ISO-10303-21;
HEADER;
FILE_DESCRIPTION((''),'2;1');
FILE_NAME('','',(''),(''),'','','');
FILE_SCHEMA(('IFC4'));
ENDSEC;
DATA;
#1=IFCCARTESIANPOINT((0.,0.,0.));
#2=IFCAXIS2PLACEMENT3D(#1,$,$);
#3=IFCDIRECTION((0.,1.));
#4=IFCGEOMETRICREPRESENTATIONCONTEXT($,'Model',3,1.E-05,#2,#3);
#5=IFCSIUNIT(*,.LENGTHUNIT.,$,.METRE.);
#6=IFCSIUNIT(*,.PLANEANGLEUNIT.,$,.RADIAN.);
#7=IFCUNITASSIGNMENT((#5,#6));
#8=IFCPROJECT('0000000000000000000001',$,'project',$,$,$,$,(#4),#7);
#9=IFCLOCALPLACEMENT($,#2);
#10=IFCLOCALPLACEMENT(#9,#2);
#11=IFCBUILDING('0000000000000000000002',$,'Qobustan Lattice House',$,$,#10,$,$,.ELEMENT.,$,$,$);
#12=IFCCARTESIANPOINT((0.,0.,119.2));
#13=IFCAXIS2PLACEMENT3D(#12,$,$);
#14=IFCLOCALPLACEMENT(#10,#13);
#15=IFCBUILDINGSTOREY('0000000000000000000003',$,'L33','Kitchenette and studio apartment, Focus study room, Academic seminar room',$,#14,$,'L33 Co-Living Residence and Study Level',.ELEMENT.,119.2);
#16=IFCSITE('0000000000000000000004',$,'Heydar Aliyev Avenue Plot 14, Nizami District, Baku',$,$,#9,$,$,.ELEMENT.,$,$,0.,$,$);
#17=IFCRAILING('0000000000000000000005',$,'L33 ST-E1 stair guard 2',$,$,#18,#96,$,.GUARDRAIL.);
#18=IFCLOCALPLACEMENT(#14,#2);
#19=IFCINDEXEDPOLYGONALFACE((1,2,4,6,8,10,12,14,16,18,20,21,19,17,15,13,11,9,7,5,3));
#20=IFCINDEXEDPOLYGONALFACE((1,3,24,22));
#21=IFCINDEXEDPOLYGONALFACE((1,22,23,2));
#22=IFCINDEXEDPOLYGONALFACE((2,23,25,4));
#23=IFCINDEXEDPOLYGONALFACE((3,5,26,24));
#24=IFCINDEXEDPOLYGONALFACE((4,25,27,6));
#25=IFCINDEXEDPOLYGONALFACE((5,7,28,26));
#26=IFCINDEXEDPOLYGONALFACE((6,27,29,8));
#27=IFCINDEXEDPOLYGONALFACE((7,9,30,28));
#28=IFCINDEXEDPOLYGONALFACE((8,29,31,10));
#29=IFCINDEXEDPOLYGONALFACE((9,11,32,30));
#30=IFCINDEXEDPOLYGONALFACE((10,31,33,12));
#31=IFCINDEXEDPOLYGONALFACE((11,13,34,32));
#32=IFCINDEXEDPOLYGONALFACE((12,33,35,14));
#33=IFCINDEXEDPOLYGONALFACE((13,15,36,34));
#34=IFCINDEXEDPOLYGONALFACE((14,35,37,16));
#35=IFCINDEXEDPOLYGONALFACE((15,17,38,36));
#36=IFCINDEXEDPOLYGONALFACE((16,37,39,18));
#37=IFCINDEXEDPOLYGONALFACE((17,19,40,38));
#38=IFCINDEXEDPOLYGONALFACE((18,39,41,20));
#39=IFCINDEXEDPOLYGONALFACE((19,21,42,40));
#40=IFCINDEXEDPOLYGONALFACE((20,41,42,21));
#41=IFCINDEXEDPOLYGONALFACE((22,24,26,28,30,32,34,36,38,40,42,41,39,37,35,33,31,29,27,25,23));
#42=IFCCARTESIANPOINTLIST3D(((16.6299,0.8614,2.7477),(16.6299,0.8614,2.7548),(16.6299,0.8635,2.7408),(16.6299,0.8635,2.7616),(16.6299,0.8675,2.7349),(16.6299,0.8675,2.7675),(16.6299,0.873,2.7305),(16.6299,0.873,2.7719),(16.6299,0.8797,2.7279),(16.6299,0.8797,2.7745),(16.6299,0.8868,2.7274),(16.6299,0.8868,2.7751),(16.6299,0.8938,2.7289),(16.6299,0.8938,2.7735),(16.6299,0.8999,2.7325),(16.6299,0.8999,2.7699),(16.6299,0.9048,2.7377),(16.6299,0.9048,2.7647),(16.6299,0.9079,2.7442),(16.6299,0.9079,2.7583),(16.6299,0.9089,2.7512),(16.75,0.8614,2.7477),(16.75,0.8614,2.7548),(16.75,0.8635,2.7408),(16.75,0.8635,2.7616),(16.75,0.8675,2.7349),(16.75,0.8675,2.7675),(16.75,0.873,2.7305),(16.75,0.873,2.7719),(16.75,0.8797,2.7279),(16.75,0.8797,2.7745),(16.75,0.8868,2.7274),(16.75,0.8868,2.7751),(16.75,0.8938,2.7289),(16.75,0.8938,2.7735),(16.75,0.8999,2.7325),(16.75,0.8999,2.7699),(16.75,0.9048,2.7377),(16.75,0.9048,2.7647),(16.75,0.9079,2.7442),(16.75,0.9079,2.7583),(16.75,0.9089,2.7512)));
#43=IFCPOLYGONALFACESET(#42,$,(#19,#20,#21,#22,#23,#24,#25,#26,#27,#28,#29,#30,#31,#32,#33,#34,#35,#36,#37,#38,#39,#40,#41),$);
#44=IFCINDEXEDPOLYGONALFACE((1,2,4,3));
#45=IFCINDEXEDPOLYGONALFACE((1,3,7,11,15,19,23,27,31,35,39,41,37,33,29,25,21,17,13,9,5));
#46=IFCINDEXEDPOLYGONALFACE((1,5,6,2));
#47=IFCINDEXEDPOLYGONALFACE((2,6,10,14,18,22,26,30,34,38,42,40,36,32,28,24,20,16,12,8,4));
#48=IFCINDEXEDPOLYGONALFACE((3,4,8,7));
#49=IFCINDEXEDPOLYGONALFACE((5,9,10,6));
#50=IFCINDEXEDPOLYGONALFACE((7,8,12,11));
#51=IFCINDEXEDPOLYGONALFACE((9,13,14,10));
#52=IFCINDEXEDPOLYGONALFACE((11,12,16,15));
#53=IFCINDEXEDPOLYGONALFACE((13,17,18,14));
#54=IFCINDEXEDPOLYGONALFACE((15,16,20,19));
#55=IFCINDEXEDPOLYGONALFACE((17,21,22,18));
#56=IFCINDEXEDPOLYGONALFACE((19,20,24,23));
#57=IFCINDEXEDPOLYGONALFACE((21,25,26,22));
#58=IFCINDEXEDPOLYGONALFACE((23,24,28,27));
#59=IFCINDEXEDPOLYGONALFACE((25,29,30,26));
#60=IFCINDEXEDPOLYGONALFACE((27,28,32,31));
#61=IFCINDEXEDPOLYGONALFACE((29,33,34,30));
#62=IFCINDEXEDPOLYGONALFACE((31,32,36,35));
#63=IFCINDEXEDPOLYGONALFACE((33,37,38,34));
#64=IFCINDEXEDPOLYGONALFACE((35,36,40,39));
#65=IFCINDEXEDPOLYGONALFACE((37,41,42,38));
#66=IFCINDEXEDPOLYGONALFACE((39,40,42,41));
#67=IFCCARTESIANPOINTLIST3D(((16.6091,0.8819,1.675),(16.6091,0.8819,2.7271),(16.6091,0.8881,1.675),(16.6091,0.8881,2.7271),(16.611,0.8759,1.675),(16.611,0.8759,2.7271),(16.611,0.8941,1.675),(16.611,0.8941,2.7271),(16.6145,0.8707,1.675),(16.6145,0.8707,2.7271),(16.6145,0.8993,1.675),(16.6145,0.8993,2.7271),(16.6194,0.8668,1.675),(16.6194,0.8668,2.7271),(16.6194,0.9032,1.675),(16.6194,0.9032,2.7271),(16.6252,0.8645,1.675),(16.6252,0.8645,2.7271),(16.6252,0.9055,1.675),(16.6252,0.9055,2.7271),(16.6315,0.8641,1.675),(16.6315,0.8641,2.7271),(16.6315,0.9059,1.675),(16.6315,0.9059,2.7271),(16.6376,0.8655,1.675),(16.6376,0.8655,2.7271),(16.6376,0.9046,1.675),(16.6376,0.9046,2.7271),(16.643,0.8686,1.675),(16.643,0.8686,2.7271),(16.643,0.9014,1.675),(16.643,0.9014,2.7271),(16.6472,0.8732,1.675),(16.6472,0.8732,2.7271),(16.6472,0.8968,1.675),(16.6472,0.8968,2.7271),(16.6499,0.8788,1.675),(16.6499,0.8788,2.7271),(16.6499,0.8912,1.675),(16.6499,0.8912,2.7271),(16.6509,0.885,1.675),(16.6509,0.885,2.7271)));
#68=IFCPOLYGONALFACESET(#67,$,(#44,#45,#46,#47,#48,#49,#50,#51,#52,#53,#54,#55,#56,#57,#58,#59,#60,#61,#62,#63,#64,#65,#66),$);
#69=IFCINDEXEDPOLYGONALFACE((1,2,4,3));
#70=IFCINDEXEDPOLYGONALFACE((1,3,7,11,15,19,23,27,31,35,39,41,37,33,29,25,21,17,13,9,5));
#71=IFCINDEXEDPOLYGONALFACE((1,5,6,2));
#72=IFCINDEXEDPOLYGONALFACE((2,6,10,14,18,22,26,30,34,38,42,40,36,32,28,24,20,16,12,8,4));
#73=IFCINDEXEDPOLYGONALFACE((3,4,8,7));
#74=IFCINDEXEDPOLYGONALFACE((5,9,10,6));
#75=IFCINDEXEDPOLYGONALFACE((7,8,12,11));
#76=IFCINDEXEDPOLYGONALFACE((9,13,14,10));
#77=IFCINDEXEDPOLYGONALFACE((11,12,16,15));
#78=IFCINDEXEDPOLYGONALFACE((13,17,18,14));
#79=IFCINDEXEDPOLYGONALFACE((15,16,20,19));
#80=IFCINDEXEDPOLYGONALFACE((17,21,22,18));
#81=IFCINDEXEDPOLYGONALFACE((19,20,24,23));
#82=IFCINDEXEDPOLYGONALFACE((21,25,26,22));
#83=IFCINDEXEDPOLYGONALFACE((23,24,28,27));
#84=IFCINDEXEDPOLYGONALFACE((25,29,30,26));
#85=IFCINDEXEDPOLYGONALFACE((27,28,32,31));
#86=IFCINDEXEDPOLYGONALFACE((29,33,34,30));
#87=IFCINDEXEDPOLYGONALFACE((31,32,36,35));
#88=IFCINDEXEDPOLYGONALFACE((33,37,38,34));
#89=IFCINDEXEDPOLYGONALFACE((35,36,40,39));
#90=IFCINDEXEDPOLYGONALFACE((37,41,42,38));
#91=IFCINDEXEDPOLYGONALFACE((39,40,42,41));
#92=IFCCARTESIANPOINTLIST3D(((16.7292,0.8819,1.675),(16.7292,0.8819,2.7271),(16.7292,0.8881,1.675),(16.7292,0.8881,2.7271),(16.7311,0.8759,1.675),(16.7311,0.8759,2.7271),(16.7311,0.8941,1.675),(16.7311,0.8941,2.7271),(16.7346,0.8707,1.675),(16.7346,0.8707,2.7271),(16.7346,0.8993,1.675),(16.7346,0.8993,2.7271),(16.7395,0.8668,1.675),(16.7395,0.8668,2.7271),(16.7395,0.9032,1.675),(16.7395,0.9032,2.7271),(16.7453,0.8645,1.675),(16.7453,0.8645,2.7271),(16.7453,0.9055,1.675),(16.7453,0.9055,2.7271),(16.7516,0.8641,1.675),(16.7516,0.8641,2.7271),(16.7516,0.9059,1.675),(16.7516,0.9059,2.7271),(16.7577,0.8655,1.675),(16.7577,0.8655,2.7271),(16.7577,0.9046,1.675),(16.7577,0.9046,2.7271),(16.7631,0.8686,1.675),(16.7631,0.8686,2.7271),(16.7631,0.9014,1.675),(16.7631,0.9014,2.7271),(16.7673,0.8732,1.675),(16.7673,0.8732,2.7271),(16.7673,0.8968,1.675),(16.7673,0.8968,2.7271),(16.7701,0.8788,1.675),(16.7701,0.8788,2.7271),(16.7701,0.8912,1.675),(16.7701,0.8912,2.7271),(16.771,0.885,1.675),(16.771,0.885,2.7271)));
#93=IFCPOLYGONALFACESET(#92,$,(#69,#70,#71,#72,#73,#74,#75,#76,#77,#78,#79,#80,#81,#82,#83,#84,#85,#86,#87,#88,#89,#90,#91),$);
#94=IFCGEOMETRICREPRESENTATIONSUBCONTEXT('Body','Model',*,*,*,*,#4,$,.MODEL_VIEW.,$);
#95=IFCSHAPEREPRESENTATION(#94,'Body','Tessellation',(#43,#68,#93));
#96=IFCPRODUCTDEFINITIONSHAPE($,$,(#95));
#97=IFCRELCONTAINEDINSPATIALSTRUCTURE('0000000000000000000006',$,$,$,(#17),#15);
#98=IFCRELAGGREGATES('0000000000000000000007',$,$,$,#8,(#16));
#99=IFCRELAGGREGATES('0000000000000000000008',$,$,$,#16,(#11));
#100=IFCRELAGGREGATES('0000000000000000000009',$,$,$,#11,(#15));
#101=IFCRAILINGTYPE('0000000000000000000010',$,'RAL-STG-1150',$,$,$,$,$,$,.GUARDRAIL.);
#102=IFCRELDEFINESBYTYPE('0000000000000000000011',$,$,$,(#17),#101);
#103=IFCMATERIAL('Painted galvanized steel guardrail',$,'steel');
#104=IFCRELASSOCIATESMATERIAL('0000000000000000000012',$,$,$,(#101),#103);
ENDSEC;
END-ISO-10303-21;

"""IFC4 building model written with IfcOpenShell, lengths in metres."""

from ifc_helpers import new_model, si_unit, direction, frame, origin, origin_2d, place, context, subcontext, project, spatial, circle, extrude, material, type_object, element, save


model = new_model("IFC4")

# Units and contexts
model_context = context("Model", 3, precision=1e-05, world=origin(), true_north=direction((0.0, 1.0)))
body_context = subcontext(model_context, "Body", "Model", "MODEL_VIEW")
ifc_project = project(units=[si_unit("LENGTHUNIT", "METRE"), si_unit("PLANEANGLEUNIT", "RADIAN")], contexts=[model_context])

# Site, building, storey
site_placement = place(None, origin())
site = spatial("IfcSite", under=ifc_project, at=site_placement, Name="Heydar Aliyev Avenue Plot 14, Nizami District, Baku", CompositionType="ELEMENT", RefElevation=0.0)
building_placement = place(site_placement, origin())
building = spatial("IfcBuilding", under=site, at=building_placement, Name="Qobustan Lattice House", CompositionType="ELEMENT")
storey_placement = place(building_placement, frame((0.0, 0.0, 119.2)))
storey = spatial("IfcBuildingStorey", under=building, at=storey_placement, Name="L33", Description="Kitchenette and studio apartment, Focus study room, Academic seminar room", LongName="L33 Co-Living Residence and Study Level", CompositionType="ELEMENT", Elevation=119.2)

# Railing
ifc_material_1 = material(Name="Painted galvanized steel guardrail", Category="steel")
railing_type_1 = type_object("IfcRailingType", Name="RAL-STG-1150", PredefinedType="GUARDRAIL", material=ifc_material_1)
railing_1_placement = place(storey_placement, frame((16.6299, 0.885, 1.675)))
element("IfcRailing", 1, at=railing_1_placement, inside=storey, type_object=railing_type_1, Name="L33 ST-E1 stair guard 2", PredefinedType="GUARDRAIL", context=body_context, shape_type="SweptSolid", body=[
    extrude(circle(Radius=0.0239, at=origin_2d()), frame((0.0, 0.0, 1.0762), z_axis=(1.0, 0.0, 0.0), x_axis=(0.0, 1.0, 0.0)), (0.0, 0.0, 1.0), 0.1201),
    extrude(circle(Radius=0.021, at=origin_2d()), origin(), (0.0, 0.0, 1.0), 1.052),
    extrude(circle(Radius=0.021, at=origin_2d()), frame((0.1201, 0.0, 0.0)), (0.0, 0.0, 1.0), 1.052),
])

save(model, "model.ifc")
